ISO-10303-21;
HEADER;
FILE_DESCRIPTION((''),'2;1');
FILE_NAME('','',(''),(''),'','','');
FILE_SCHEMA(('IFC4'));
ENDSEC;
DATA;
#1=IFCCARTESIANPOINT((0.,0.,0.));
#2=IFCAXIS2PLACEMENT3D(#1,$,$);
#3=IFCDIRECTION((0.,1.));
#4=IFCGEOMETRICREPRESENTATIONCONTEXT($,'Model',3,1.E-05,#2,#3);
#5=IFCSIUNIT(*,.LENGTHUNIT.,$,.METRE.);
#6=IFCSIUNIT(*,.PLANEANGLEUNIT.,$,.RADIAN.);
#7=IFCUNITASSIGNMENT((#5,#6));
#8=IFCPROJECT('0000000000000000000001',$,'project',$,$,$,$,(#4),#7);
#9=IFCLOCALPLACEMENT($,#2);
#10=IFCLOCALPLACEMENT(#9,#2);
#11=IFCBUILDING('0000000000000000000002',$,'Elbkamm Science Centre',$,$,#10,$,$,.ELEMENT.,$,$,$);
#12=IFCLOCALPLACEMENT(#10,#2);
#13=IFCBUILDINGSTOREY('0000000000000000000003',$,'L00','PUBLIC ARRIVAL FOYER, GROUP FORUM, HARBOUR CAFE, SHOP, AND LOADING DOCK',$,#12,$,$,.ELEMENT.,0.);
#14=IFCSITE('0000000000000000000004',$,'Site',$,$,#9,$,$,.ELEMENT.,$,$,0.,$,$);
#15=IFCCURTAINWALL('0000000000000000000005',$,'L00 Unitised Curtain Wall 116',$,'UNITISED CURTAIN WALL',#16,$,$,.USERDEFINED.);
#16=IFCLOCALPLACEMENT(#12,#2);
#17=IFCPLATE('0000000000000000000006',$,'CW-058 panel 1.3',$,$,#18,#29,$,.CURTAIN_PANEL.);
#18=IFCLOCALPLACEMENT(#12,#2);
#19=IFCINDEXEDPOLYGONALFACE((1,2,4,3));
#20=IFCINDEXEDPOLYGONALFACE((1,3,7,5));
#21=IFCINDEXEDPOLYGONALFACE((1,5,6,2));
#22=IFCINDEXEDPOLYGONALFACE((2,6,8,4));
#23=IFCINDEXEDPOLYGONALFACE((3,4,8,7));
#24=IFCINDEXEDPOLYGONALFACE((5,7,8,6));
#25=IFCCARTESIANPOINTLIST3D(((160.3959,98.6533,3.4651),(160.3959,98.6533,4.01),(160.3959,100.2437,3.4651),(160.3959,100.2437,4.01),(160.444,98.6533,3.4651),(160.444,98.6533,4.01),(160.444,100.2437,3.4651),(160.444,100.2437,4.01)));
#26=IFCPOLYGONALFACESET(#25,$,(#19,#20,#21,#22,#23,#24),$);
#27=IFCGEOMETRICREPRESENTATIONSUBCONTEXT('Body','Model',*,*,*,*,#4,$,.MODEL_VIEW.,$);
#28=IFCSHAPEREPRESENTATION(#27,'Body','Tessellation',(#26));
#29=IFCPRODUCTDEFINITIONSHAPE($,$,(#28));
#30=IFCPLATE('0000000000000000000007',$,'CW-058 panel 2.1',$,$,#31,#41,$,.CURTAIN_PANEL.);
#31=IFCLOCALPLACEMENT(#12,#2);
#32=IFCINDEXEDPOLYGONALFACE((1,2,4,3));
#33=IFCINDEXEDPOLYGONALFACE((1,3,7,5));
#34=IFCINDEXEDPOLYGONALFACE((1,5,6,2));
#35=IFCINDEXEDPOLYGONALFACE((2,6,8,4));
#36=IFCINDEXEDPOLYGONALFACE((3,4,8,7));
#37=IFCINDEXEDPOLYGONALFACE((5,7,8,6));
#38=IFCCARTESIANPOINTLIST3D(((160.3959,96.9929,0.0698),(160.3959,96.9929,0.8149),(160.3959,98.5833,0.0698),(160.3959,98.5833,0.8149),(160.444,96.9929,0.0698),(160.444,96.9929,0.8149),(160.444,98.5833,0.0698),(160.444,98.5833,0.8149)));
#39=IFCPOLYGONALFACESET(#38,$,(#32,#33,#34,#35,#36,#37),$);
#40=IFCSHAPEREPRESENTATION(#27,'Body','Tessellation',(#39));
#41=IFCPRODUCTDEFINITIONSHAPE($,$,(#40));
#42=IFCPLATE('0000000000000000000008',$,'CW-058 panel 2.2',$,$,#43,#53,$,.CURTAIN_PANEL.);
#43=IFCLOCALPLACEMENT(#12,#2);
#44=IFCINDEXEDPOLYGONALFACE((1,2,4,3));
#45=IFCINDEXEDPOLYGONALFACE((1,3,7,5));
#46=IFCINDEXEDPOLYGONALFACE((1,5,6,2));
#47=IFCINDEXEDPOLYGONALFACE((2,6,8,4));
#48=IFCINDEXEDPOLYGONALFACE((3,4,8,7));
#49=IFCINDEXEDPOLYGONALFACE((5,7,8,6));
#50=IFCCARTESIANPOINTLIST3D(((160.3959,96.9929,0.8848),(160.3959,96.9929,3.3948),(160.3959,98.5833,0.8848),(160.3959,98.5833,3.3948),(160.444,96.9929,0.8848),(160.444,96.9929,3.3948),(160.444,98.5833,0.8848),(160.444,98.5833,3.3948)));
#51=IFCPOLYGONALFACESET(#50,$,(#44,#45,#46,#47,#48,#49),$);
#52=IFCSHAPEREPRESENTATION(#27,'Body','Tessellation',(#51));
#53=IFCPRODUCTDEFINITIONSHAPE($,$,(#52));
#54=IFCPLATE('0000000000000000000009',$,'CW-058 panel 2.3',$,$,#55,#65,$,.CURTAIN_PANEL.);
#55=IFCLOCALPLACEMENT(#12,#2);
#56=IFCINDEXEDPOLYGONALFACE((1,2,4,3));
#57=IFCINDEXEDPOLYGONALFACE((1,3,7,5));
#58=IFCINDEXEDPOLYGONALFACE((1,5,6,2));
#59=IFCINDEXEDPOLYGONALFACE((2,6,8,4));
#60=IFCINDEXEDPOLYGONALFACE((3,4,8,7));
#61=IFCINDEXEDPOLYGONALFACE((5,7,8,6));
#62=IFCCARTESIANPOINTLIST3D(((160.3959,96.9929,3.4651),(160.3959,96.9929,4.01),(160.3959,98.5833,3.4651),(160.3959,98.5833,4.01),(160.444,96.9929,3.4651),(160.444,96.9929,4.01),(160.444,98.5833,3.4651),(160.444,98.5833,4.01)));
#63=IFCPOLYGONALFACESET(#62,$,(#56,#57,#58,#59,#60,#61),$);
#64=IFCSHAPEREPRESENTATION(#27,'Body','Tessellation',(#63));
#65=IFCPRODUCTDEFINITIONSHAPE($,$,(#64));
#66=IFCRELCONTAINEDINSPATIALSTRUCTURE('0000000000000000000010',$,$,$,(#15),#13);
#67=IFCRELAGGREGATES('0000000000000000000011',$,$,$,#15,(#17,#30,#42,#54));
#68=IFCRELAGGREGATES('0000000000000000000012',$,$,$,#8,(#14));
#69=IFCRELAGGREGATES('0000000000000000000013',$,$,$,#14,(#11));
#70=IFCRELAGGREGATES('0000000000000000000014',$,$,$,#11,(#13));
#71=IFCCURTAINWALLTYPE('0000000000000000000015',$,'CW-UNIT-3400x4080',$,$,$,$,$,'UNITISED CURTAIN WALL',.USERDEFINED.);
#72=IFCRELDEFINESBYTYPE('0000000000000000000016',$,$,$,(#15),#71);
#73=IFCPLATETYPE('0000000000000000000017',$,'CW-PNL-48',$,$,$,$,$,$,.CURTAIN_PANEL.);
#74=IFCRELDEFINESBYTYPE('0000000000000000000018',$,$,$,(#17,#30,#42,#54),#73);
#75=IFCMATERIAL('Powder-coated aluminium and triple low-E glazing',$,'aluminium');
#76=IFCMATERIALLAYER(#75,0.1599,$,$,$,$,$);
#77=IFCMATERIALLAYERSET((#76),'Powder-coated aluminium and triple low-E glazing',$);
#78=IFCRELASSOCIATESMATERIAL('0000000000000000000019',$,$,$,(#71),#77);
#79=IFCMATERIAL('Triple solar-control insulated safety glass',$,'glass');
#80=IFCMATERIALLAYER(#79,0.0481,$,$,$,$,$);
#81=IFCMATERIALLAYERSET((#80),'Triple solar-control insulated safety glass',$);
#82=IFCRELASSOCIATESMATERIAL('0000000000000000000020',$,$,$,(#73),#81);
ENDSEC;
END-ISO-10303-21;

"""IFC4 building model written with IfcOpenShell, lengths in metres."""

from ifc_helpers import new_model, si_unit, direction, frame, origin, origin_2d, place, context, subcontext, project, spatial, rectangle, extrude, material, layer, layer_set, type_object, element, aggregate, save


model = new_model("IFC4")

# Units and contexts
model_context = context("Model", 3, precision=1e-05, world=origin(), true_north=direction((0.0, 1.0)))
body_context = subcontext(model_context, "Body", "Model", "MODEL_VIEW")
ifc_project = project(units=[si_unit("LENGTHUNIT", "METRE"), si_unit("PLANEANGLEUNIT", "RADIAN")], contexts=[model_context])

# Site, building, storey
site_placement = place(None, origin())
site = spatial("IfcSite", under=ifc_project, at=site_placement, Name="Site", CompositionType="ELEMENT", RefElevation=0.0)
building_placement = place(site_placement, origin())
building = spatial("IfcBuilding", under=site, at=building_placement, Name="Elbkamm Science Centre", CompositionType="ELEMENT")
storey_placement = place(building_placement, origin())
storey = spatial("IfcBuildingStorey", under=building, at=storey_placement, Name="L00", Description="PUBLIC ARRIVAL FOYER, GROUP FORUM, HARBOUR CAFE, SHOP, AND LOADING DOCK", CompositionType="ELEMENT", Elevation=0.0)

# Shared definitions
ifc_material_1 = material(Name="Powder-coated aluminium and triple low-E glazing", Category="aluminium")

# Curtain wall
ifc_layer_1 = layer(ifc_material_1, 0.1599)
ifc_layer_set_1 = layer_set([ifc_layer_1], Name="Powder-coated aluminium and triple low-E glazing")
curtain_wall_type_1 = type_object("IfcCurtainWallType", Name="CW-UNIT-3400x4080", ElementType="UNITISED CURTAIN WALL", PredefinedType="USERDEFINED", material=ifc_layer_set_1)
curtain_wall_1_placement = place(storey_placement, origin())
curtain_wall_1 = element("IfcCurtainWall", 1, at=curtain_wall_1_placement, inside=storey, type_object=curtain_wall_type_1, Name="L00 Unitised Curtain Wall 116", ObjectType="UNITISED CURTAIN WALL", PredefinedType="USERDEFINED")

# Plates
ifc_material_2 = material(Name="Triple solar-control insulated safety glass", Category="glass")
ifc_layer_2 = layer(ifc_material_2, 0.0481)
ifc_layer_set_2 = layer_set([ifc_layer_2], Name="Triple solar-control insulated safety glass")
plate_type = type_object("IfcPlateType", Name="CW-PNL-48", PredefinedType="CURTAIN_PANEL", material=ifc_layer_set_2)
plate_1_placement = place(storey_placement, frame((160.4199, 99.4485, 3.4651), z_axis=(0.0, 0.0, 1.0), x_axis=(0.0, -1.0, 0.0)))
plate_1 = element("IfcPlate", 2, at=plate_1_placement, type_object=plate_type, Name="CW-058 panel 1.3", PredefinedType="CURTAIN_PANEL", context=body_context, shape_type="SweptSolid", body=[
    extrude(rectangle(XDim=1.5903, YDim=0.0481, at=origin_2d()), origin(), (0.0, 0.0, 1.0), 0.5449),
])
plate_2_placement = place(storey_placement, frame((160.4199, 97.7881, 0.0698), z_axis=(0.0, 0.0, 1.0), x_axis=(0.0, -1.0, 0.0)))
plate_2 = element("IfcPlate", 3, at=plate_2_placement, type_object=plate_type, Name="CW-058 panel 2.1", PredefinedType="CURTAIN_PANEL", context=body_context, shape_type="SweptSolid", body=[
    extrude(rectangle(XDim=1.5903, YDim=0.0481, at=origin_2d()), origin(), (0.0, 0.0, 1.0), 0.7451),
])
plate_3_placement = place(storey_placement, frame((160.4199, 97.7881, 0.8848), z_axis=(0.0, 0.0, 1.0), x_axis=(0.0, -1.0, 0.0)))
plate_3 = element("IfcPlate", 4, at=plate_3_placement, type_object=plate_type, Name="CW-058 panel 2.2", PredefinedType="CURTAIN_PANEL", context=body_context, shape_type="SweptSolid", body=[
    extrude(rectangle(XDim=1.5903, YDim=0.0481, at=origin_2d()), origin(), (0.0, 0.0, 1.0), 2.51),
])
plate_4_placement = place(storey_placement, frame((160.4199, 97.7881, 3.4651), z_axis=(0.0, 0.0, 1.0), x_axis=(0.0, -1.0, 0.0)))
plate_4 = element("IfcPlate", 5, at=plate_4_placement, type_object=plate_type, Name="CW-058 panel 2.3", PredefinedType="CURTAIN_PANEL", context=body_context, shape_type="SweptSolid", body=[
    extrude(rectangle(XDim=1.5903, YDim=0.0481, at=origin_2d()), origin(), (0.0, 0.0, 1.0), 0.5449),
])
aggregate(curtain_wall_1, [plate_1, plate_2, plate_3, plate_4])

save(model, "model.ifc")
